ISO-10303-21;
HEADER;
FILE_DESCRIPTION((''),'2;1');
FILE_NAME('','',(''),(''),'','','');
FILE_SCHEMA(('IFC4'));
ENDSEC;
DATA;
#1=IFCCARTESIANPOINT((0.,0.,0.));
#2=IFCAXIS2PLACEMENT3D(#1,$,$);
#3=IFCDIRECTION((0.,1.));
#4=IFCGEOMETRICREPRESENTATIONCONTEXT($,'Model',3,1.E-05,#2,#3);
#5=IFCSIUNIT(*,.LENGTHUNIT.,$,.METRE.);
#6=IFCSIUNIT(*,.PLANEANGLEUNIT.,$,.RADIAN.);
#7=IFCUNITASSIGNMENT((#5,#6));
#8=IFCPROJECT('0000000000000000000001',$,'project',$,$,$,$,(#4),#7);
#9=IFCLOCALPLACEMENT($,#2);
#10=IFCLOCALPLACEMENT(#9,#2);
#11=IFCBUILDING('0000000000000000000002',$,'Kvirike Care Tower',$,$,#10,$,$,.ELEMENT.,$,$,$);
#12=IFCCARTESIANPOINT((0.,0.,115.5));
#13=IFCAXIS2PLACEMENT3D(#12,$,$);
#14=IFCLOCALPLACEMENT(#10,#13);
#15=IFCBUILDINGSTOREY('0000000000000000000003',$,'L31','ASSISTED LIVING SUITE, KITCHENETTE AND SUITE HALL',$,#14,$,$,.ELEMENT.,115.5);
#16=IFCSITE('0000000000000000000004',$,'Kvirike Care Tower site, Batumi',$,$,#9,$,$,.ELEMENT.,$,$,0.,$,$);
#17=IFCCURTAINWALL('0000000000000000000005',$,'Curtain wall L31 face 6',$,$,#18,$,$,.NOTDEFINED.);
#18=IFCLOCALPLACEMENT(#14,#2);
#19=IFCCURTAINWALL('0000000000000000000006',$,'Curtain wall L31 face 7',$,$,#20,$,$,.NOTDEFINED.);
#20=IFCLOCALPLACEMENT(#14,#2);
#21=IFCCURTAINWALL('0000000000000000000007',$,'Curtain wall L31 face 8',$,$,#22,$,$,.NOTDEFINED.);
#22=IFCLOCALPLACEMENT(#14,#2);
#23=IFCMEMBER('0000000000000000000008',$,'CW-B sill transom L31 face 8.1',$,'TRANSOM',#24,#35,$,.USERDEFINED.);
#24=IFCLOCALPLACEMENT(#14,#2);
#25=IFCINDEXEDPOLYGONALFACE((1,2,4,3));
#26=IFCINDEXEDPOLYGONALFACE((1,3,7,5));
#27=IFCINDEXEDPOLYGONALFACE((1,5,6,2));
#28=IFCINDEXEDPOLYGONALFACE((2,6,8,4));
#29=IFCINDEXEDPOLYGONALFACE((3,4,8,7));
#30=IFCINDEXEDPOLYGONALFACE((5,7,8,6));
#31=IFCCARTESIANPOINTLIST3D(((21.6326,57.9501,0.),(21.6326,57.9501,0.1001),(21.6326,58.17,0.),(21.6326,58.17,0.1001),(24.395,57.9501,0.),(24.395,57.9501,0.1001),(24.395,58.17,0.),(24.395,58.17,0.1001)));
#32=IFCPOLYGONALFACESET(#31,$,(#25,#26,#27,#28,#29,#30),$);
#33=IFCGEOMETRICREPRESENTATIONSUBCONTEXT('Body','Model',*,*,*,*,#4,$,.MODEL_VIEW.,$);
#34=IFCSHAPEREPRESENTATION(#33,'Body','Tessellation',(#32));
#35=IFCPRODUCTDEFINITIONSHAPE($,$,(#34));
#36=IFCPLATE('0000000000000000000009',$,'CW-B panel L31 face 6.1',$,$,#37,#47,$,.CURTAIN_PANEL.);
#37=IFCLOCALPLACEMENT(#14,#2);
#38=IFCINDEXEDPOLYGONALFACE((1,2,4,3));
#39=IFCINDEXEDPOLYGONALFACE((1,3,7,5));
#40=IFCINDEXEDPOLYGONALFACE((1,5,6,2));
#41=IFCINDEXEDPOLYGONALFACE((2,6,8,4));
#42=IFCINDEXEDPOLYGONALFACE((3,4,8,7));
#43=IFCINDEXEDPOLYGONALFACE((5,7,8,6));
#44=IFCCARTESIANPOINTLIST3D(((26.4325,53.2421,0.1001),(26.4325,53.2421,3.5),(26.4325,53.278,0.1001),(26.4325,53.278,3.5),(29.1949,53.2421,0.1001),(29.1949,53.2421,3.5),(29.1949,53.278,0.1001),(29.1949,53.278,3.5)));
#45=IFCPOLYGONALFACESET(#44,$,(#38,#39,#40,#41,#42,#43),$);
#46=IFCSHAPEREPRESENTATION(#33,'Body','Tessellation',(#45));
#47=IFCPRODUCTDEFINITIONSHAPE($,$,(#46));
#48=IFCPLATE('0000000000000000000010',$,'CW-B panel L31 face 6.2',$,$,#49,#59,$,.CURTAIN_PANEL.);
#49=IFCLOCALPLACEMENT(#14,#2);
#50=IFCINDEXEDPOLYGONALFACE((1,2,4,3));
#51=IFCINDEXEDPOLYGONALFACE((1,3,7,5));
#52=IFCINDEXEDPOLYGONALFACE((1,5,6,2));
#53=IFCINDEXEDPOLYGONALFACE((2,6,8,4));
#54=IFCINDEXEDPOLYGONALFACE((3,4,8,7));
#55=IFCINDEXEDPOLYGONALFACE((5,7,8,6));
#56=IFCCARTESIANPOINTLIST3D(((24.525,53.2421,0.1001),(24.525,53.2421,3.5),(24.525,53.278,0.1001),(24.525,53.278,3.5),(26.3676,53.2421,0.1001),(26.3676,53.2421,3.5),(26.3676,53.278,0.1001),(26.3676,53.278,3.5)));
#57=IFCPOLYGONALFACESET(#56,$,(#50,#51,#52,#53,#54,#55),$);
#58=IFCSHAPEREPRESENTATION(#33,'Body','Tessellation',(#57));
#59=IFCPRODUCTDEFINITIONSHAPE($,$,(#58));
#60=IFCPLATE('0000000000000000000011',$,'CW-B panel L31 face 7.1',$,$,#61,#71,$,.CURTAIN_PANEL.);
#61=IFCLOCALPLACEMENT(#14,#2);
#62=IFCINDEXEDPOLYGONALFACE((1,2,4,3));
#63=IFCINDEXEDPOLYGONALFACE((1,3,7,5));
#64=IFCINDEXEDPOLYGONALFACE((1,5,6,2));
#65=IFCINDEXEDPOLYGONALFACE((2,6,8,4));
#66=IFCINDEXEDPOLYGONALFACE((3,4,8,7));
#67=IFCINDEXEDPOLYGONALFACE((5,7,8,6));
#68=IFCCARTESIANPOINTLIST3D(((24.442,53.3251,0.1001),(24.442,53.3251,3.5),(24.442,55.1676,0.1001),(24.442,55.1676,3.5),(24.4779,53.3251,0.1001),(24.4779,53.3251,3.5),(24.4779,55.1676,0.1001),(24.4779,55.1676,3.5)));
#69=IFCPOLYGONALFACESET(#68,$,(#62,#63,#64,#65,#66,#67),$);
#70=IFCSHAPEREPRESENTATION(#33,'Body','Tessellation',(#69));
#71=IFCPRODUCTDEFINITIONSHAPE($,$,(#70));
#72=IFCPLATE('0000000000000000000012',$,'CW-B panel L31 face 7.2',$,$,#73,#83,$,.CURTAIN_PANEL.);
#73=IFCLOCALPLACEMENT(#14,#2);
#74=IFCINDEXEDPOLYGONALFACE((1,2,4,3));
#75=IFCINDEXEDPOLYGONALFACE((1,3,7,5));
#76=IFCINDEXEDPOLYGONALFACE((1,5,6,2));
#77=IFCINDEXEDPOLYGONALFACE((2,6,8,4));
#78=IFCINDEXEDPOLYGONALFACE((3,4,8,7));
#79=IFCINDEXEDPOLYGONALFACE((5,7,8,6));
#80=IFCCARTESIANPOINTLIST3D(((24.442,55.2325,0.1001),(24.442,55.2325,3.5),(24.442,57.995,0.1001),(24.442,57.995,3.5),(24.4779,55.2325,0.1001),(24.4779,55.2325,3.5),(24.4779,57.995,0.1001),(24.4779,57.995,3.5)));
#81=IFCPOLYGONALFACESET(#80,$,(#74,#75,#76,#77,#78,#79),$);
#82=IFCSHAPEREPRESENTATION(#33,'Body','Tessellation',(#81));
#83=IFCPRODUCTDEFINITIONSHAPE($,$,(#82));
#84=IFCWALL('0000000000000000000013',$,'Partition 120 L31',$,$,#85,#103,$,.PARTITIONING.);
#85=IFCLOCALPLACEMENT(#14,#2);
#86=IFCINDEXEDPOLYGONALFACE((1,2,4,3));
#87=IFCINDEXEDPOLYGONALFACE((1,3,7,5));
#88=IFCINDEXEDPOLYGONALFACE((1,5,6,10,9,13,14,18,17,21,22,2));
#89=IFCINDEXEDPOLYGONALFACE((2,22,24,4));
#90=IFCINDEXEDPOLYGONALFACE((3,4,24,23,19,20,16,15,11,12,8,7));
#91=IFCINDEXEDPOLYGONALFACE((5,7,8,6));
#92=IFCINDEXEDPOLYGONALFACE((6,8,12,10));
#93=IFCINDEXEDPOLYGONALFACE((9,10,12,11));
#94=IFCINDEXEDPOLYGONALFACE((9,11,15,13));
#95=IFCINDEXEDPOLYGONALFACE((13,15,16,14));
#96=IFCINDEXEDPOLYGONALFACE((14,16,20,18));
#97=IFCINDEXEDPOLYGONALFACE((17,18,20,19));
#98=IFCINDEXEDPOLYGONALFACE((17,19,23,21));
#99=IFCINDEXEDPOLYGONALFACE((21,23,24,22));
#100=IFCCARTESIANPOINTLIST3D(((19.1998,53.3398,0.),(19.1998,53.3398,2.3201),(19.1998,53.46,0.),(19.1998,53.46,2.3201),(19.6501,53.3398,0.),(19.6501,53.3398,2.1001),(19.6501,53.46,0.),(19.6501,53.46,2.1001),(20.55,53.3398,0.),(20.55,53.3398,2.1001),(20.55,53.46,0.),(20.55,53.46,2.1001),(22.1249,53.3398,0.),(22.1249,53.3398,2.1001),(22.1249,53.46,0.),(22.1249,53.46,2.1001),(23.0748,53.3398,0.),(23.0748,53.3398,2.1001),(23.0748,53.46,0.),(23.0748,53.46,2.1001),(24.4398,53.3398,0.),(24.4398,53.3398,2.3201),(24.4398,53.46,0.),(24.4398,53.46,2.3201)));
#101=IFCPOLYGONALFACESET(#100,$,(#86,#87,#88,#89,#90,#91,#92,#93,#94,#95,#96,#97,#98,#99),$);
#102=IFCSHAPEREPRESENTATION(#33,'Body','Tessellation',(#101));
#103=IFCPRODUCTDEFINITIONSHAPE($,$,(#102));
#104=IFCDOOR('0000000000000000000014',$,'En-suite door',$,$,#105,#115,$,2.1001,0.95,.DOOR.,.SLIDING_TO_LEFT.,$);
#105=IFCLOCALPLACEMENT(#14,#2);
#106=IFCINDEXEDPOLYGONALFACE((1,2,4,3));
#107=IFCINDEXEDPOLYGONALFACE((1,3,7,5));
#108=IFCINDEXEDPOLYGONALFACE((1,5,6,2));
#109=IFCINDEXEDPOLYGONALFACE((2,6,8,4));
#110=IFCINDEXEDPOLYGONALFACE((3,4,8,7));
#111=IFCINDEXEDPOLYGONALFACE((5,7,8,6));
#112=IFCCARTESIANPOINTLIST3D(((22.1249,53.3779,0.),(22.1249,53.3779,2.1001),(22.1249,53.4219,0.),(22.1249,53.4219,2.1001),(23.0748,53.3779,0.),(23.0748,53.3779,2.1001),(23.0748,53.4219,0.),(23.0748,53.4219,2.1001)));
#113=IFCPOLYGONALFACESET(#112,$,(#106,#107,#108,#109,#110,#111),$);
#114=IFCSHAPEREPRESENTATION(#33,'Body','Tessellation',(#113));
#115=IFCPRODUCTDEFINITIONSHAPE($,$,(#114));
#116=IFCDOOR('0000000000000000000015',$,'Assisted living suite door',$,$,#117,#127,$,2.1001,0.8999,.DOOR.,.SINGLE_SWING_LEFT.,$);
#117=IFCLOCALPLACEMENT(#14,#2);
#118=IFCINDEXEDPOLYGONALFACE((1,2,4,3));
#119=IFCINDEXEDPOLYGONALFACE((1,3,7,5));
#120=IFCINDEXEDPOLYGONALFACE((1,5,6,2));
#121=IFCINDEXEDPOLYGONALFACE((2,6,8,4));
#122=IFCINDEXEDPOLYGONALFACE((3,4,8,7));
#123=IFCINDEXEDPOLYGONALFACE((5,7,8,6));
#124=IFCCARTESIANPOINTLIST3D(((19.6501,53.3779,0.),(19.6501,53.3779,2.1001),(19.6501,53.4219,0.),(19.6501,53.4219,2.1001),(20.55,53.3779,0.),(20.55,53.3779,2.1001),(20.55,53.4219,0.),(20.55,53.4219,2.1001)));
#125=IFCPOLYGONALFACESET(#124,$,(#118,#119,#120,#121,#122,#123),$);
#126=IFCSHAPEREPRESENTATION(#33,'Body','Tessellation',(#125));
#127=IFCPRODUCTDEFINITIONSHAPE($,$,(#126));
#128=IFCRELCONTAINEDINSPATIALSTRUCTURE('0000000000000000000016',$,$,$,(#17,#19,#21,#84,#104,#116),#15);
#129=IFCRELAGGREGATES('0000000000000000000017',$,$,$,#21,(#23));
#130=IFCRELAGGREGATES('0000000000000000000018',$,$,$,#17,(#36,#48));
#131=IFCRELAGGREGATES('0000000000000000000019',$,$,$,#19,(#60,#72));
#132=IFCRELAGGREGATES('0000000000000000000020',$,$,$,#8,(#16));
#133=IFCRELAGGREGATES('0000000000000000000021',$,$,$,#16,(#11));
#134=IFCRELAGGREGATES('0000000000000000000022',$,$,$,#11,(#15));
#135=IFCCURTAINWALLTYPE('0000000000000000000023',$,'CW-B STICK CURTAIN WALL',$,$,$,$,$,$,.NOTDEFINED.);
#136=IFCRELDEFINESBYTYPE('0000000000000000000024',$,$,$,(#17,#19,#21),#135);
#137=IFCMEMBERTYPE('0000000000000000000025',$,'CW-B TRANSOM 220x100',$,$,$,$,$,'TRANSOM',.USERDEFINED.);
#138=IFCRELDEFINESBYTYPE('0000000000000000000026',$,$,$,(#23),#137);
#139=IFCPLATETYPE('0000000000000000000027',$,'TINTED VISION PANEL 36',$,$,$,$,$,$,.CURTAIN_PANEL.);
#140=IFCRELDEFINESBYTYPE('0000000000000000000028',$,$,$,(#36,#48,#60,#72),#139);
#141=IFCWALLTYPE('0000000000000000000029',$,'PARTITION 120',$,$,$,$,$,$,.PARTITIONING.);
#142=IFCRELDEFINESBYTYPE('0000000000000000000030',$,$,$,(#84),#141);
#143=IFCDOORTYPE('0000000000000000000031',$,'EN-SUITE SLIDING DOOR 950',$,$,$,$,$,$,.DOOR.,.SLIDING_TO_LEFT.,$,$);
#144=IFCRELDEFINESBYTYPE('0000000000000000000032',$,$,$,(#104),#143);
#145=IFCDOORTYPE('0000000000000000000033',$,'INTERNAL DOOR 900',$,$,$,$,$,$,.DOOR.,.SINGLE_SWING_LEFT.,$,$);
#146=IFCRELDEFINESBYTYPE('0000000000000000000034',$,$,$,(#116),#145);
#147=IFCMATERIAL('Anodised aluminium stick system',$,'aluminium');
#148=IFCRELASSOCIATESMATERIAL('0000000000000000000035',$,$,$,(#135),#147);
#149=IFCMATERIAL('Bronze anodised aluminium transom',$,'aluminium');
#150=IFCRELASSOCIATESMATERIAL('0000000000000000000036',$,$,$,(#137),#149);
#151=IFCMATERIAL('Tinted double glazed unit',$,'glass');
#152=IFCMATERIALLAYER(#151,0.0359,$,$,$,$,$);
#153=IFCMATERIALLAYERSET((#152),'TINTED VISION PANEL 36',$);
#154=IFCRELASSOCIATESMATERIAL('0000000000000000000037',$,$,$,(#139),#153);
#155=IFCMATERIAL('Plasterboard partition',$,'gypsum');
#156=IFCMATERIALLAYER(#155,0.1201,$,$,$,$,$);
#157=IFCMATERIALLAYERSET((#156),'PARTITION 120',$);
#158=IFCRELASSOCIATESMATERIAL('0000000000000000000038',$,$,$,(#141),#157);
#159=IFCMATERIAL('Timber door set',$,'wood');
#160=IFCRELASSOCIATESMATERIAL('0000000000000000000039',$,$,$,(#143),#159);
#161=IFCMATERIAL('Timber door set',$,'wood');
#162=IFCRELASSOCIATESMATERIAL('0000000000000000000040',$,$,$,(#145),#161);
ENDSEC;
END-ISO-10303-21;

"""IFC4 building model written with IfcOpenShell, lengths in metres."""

from ifc_helpers import new_model, si_unit, direction, frame, frame_2d, origin, origin_2d, place, context, subcontext, project, spatial, rectangle, extrude, material, layer, layer_set, material_profile, profile_set, type_object, element, fill, aggregate, save


model = new_model("IFC4")

# Units and contexts
model_context = context("Model", 3, precision=1e-05, world=origin(), true_north=direction((0.0, 1.0)))
body_context = subcontext(model_context, "Body", "Model", "MODEL_VIEW")
ifc_project = project(units=[si_unit("LENGTHUNIT", "METRE"), si_unit("PLANEANGLEUNIT", "RADIAN")], contexts=[model_context])

# Site, building, storey
site_placement = place(None, origin())
site = spatial("IfcSite", under=ifc_project, at=site_placement, Name="Kvirike Care Tower site, Batumi", CompositionType="ELEMENT", RefElevation=0.0)
building_placement = place(site_placement, origin())
building = spatial("IfcBuilding", under=site, at=building_placement, Name="Kvirike Care Tower", CompositionType="ELEMENT")
storey_placement = place(building_placement, frame((0.0, 0.0, 115.5)))
storey = spatial("IfcBuildingStorey", under=building, at=storey_placement, Name="L31", Description="ASSISTED LIVING SUITE, KITCHENETTE AND SUITE HALL", CompositionType="ELEMENT", Elevation=115.5)

# Curtain walls
ifc_material_1 = material(Name="Anodised aluminium stick system", Category="aluminium")
curtain_wall_type = type_object("IfcCurtainWallType", Name="CW-B STICK CURTAIN WALL", PredefinedType="NOTDEFINED", material=ifc_material_1)
curtain_wall_1_placement = place(storey_placement, origin())
curtain_wall_1 = element("IfcCurtainWall", 1, at=curtain_wall_1_placement, inside=storey, type_object=curtain_wall_type, Name="Curtain wall L31 face 6", PredefinedType="NOTDEFINED")
curtain_wall_2_placement = place(storey_placement, origin())
curtain_wall_2 = element("IfcCurtainWall", 2, at=curtain_wall_2_placement, inside=storey, type_object=curtain_wall_type, Name="Curtain wall L31 face 7", PredefinedType="NOTDEFINED")

# Curtain wall
curtain_wall_3_placement = place(storey_placement, origin())
curtain_wall_3 = element("IfcCurtainWall", 3, at=curtain_wall_3_placement, inside=storey, type_object=curtain_wall_type, Name="Curtain wall L31 face 8", PredefinedType="NOTDEFINED")

# Member
ifc_material_2 = material(Name="Bronze anodised aluminium transom", Category="aluminium")
ifc_material_profile_1 = material_profile(ifc_material_2, rectangle(XDim=0.22, YDim=0.1001, at=origin_2d()), Name="CW-B TRANSOM 220x100")
ifc_profile_set_1 = profile_set([ifc_material_profile_1], Name="Bronze anodised aluminium transom")
member_type_1 = type_object("IfcMemberType", Name="CW-B TRANSOM 220x100", ElementType="TRANSOM", PredefinedType="USERDEFINED", material=ifc_profile_set_1)
member_1_placement = place(storey_placement, frame((24.395, 58.0601, 0.05), z_axis=(-1.0, 0.0, 0.0), x_axis=(0.0, -1.0, 0.0)))
member_1 = element("IfcMember", 4, at=member_1_placement, type_object=member_type_1, Name="CW-B sill transom L31 face 8.1", ObjectType="TRANSOM", PredefinedType="USERDEFINED", context=body_context, shape_type="SweptSolid", body=[
    extrude(rectangle(XDim=0.22, YDim=0.1001, at=origin_2d()), origin(), (0.0, 0.0, 1.0), 2.7625),
])
aggregate(curtain_wall_3, [member_1])

# Plates
ifc_material_3 = material(Name="Tinted double glazed unit", Category="glass")
ifc_layer_1 = layer(ifc_material_3, 0.0359)
ifc_layer_set_1 = layer_set([ifc_layer_1], Name="TINTED VISION PANEL 36")
plate_type = type_object("IfcPlateType", Name="TINTED VISION PANEL 36", PredefinedType="CURTAIN_PANEL", material=ifc_layer_set_1)
plate_1_placement = place(storey_placement, frame((27.8137, 53.26, 0.1001), z_axis=(0.0, 0.0, 1.0), x_axis=(-1.0, 0.0, 0.0)))
plate_1 = element("IfcPlate", 5, at=plate_1_placement, type_object=plate_type, Name="CW-B panel L31 face 6.1", PredefinedType="CURTAIN_PANEL", context=body_context, shape_type="SweptSolid", body=[
    extrude(rectangle(XDim=2.7625, YDim=0.0359, at=origin_2d()), origin(), (0.0, 0.0, 1.0), 3.3999),
])
plate_2_placement = place(storey_placement, frame((25.4463, 53.26, 0.1001), z_axis=(0.0, 0.0, 1.0), x_axis=(-1.0, 0.0, 0.0)))
plate_2 = element("IfcPlate", 6, at=plate_2_placement, type_object=plate_type, Name="CW-B panel L31 face 6.2", PredefinedType="CURTAIN_PANEL", context=body_context, shape_type="SweptSolid", body=[
    extrude(rectangle(XDim=1.8425, YDim=0.0359, at=origin_2d()), origin(), (0.0, 0.0, 1.0), 3.3999),
])
aggregate(curtain_wall_1, [plate_1, plate_2])
plate_3_placement = place(storey_placement, frame((24.46, 54.2463, 0.1001), z_axis=(0.0, 0.0, 1.0), x_axis=(0.0, 1.0, 0.0)))
plate_3 = element("IfcPlate", 7, at=plate_3_placement, type_object=plate_type, Name="CW-B panel L31 face 7.1", PredefinedType="CURTAIN_PANEL", context=body_context, shape_type="SweptSolid", body=[
    extrude(rectangle(XDim=1.8425, YDim=0.0359, at=origin_2d()), origin(), (0.0, 0.0, 1.0), 3.3999),
])
plate_4_placement = place(storey_placement, frame((24.46, 56.6138, 0.1001), z_axis=(0.0, 0.0, 1.0), x_axis=(0.0, 1.0, 0.0)))
plate_4 = element("IfcPlate", 8, at=plate_4_placement, type_object=plate_type, Name="CW-B panel L31 face 7.2", PredefinedType="CURTAIN_PANEL", context=body_context, shape_type="SweptSolid", body=[
    extrude(rectangle(XDim=2.7625, YDim=0.0359, at=origin_2d()), origin(), (0.0, 0.0, 1.0), 3.3999),
])
aggregate(curtain_wall_2, [plate_3, plate_4])

# Wall, openings, doors
ifc_material_4 = material(Name="Plasterboard partition", Category="gypsum")
ifc_layer_2 = layer(ifc_material_4, 0.1201)
ifc_layer_set_2 = layer_set([ifc_layer_2], Name="PARTITION 120")
wall_type = type_object("IfcWallType", Name="PARTITION 120", PredefinedType="PARTITIONING", material=ifc_layer_set_2)
wall_placement = place(storey_placement, frame((24.4399, 53.3999, 0.0), z_axis=(0.0, 0.0, 1.0), x_axis=(-1.0, 0.0, 0.0)))
wall = element("IfcWall", 9, at=wall_placement, inside=storey, type_object=wall_type, Name="Partition 120 L31", PredefinedType="PARTITIONING", context=body_context, shape_type="SweptSolid", body=[
    extrude(rectangle(XDim=5.24, YDim=0.1201, at=frame_2d((2.6201, 0.0))), origin(), (0.0, 0.0, 1.0), 2.3201),
])
opening_1_placement = place(wall_placement, frame((3.8899, 0.0, 0.0)))
opening_1 = element("IfcOpeningElement", 10, at=opening_1_placement, cuts=wall, PredefinedType="OPENING", context=body_context, shape_type="SweptSolid", body=[
    extrude(rectangle(XDim=0.8999, YDim=2.1001, at=frame_2d((0.45, 1.05))), frame((0.0, 0.0706, 0.0), z_axis=(0.0, -1.0, 0.0), x_axis=(1.0, 0.0, 0.0)), (0.0, 0.0, 1.0), 0.1411),
])
opening_2_placement = place(wall_placement, frame((1.365, 0.0, 0.0)))
opening_2 = element("IfcOpeningElement", 11, at=opening_2_placement, cuts=wall, PredefinedType="OPENING", context=body_context, shape_type="SweptSolid", body=[
    extrude(rectangle(XDim=0.95, YDim=2.1001, at=frame_2d((0.4751, 1.05))), frame((0.0, 0.0706, 0.0), z_axis=(0.0, -1.0, 0.0), x_axis=(1.0, 0.0, 0.0)), (0.0, 0.0, 1.0), 0.1411),
])
ifc_material_5 = material(Name="Timber door set", Category="wood")
door_type_1 = type_object("IfcDoorType", Name="EN-SUITE SLIDING DOOR 950", OperationType="SLIDING_TO_LEFT", PredefinedType="DOOR", material=ifc_material_5)
door_1_placement = place(opening_2_placement, origin())
door_1 = element("IfcDoor", 12, at=door_1_placement, inside=storey, type_object=door_type_1, Name="En-suite door", OperationType="SLIDING_TO_LEFT", OverallHeight=2.1001, OverallWidth=0.95, PredefinedType="DOOR", context=body_context, shape_type="SweptSolid", body=[
    extrude(rectangle(XDim=0.95, YDim=2.1001, at=frame_2d((0.4751, 1.05))), frame((0.0, 0.022, 0.0), z_axis=(0.0, -1.0, 0.0), x_axis=(1.0, 0.0, 0.0)), (0.0, 0.0, 1.0), 0.0439),
])
fill(opening_2, door_1)
ifc_material_6 = material(Name="Timber door set", Category="wood")
door_type_2 = type_object("IfcDoorType", Name="INTERNAL DOOR 900", OperationType="SINGLE_SWING_LEFT", PredefinedType="DOOR", material=ifc_material_6)
door_2_placement = place(opening_1_placement, origin())
door_2 = element("IfcDoor", 13, at=door_2_placement, inside=storey, type_object=door_type_2, Name="Assisted living suite door", OperationType="SINGLE_SWING_LEFT", OverallHeight=2.1001, OverallWidth=0.8999, PredefinedType="DOOR", context=body_context, shape_type="SweptSolid", body=[
    extrude(rectangle(XDim=0.8999, YDim=2.1001, at=frame_2d((0.45, 1.05))), frame((0.0, 0.022, 0.0), z_axis=(0.0, -1.0, 0.0), x_axis=(1.0, 0.0, 0.0)), (0.0, 0.0, 1.0), 0.0439),
])
fill(opening_1, door_2)

save(model, "model.ifc")
